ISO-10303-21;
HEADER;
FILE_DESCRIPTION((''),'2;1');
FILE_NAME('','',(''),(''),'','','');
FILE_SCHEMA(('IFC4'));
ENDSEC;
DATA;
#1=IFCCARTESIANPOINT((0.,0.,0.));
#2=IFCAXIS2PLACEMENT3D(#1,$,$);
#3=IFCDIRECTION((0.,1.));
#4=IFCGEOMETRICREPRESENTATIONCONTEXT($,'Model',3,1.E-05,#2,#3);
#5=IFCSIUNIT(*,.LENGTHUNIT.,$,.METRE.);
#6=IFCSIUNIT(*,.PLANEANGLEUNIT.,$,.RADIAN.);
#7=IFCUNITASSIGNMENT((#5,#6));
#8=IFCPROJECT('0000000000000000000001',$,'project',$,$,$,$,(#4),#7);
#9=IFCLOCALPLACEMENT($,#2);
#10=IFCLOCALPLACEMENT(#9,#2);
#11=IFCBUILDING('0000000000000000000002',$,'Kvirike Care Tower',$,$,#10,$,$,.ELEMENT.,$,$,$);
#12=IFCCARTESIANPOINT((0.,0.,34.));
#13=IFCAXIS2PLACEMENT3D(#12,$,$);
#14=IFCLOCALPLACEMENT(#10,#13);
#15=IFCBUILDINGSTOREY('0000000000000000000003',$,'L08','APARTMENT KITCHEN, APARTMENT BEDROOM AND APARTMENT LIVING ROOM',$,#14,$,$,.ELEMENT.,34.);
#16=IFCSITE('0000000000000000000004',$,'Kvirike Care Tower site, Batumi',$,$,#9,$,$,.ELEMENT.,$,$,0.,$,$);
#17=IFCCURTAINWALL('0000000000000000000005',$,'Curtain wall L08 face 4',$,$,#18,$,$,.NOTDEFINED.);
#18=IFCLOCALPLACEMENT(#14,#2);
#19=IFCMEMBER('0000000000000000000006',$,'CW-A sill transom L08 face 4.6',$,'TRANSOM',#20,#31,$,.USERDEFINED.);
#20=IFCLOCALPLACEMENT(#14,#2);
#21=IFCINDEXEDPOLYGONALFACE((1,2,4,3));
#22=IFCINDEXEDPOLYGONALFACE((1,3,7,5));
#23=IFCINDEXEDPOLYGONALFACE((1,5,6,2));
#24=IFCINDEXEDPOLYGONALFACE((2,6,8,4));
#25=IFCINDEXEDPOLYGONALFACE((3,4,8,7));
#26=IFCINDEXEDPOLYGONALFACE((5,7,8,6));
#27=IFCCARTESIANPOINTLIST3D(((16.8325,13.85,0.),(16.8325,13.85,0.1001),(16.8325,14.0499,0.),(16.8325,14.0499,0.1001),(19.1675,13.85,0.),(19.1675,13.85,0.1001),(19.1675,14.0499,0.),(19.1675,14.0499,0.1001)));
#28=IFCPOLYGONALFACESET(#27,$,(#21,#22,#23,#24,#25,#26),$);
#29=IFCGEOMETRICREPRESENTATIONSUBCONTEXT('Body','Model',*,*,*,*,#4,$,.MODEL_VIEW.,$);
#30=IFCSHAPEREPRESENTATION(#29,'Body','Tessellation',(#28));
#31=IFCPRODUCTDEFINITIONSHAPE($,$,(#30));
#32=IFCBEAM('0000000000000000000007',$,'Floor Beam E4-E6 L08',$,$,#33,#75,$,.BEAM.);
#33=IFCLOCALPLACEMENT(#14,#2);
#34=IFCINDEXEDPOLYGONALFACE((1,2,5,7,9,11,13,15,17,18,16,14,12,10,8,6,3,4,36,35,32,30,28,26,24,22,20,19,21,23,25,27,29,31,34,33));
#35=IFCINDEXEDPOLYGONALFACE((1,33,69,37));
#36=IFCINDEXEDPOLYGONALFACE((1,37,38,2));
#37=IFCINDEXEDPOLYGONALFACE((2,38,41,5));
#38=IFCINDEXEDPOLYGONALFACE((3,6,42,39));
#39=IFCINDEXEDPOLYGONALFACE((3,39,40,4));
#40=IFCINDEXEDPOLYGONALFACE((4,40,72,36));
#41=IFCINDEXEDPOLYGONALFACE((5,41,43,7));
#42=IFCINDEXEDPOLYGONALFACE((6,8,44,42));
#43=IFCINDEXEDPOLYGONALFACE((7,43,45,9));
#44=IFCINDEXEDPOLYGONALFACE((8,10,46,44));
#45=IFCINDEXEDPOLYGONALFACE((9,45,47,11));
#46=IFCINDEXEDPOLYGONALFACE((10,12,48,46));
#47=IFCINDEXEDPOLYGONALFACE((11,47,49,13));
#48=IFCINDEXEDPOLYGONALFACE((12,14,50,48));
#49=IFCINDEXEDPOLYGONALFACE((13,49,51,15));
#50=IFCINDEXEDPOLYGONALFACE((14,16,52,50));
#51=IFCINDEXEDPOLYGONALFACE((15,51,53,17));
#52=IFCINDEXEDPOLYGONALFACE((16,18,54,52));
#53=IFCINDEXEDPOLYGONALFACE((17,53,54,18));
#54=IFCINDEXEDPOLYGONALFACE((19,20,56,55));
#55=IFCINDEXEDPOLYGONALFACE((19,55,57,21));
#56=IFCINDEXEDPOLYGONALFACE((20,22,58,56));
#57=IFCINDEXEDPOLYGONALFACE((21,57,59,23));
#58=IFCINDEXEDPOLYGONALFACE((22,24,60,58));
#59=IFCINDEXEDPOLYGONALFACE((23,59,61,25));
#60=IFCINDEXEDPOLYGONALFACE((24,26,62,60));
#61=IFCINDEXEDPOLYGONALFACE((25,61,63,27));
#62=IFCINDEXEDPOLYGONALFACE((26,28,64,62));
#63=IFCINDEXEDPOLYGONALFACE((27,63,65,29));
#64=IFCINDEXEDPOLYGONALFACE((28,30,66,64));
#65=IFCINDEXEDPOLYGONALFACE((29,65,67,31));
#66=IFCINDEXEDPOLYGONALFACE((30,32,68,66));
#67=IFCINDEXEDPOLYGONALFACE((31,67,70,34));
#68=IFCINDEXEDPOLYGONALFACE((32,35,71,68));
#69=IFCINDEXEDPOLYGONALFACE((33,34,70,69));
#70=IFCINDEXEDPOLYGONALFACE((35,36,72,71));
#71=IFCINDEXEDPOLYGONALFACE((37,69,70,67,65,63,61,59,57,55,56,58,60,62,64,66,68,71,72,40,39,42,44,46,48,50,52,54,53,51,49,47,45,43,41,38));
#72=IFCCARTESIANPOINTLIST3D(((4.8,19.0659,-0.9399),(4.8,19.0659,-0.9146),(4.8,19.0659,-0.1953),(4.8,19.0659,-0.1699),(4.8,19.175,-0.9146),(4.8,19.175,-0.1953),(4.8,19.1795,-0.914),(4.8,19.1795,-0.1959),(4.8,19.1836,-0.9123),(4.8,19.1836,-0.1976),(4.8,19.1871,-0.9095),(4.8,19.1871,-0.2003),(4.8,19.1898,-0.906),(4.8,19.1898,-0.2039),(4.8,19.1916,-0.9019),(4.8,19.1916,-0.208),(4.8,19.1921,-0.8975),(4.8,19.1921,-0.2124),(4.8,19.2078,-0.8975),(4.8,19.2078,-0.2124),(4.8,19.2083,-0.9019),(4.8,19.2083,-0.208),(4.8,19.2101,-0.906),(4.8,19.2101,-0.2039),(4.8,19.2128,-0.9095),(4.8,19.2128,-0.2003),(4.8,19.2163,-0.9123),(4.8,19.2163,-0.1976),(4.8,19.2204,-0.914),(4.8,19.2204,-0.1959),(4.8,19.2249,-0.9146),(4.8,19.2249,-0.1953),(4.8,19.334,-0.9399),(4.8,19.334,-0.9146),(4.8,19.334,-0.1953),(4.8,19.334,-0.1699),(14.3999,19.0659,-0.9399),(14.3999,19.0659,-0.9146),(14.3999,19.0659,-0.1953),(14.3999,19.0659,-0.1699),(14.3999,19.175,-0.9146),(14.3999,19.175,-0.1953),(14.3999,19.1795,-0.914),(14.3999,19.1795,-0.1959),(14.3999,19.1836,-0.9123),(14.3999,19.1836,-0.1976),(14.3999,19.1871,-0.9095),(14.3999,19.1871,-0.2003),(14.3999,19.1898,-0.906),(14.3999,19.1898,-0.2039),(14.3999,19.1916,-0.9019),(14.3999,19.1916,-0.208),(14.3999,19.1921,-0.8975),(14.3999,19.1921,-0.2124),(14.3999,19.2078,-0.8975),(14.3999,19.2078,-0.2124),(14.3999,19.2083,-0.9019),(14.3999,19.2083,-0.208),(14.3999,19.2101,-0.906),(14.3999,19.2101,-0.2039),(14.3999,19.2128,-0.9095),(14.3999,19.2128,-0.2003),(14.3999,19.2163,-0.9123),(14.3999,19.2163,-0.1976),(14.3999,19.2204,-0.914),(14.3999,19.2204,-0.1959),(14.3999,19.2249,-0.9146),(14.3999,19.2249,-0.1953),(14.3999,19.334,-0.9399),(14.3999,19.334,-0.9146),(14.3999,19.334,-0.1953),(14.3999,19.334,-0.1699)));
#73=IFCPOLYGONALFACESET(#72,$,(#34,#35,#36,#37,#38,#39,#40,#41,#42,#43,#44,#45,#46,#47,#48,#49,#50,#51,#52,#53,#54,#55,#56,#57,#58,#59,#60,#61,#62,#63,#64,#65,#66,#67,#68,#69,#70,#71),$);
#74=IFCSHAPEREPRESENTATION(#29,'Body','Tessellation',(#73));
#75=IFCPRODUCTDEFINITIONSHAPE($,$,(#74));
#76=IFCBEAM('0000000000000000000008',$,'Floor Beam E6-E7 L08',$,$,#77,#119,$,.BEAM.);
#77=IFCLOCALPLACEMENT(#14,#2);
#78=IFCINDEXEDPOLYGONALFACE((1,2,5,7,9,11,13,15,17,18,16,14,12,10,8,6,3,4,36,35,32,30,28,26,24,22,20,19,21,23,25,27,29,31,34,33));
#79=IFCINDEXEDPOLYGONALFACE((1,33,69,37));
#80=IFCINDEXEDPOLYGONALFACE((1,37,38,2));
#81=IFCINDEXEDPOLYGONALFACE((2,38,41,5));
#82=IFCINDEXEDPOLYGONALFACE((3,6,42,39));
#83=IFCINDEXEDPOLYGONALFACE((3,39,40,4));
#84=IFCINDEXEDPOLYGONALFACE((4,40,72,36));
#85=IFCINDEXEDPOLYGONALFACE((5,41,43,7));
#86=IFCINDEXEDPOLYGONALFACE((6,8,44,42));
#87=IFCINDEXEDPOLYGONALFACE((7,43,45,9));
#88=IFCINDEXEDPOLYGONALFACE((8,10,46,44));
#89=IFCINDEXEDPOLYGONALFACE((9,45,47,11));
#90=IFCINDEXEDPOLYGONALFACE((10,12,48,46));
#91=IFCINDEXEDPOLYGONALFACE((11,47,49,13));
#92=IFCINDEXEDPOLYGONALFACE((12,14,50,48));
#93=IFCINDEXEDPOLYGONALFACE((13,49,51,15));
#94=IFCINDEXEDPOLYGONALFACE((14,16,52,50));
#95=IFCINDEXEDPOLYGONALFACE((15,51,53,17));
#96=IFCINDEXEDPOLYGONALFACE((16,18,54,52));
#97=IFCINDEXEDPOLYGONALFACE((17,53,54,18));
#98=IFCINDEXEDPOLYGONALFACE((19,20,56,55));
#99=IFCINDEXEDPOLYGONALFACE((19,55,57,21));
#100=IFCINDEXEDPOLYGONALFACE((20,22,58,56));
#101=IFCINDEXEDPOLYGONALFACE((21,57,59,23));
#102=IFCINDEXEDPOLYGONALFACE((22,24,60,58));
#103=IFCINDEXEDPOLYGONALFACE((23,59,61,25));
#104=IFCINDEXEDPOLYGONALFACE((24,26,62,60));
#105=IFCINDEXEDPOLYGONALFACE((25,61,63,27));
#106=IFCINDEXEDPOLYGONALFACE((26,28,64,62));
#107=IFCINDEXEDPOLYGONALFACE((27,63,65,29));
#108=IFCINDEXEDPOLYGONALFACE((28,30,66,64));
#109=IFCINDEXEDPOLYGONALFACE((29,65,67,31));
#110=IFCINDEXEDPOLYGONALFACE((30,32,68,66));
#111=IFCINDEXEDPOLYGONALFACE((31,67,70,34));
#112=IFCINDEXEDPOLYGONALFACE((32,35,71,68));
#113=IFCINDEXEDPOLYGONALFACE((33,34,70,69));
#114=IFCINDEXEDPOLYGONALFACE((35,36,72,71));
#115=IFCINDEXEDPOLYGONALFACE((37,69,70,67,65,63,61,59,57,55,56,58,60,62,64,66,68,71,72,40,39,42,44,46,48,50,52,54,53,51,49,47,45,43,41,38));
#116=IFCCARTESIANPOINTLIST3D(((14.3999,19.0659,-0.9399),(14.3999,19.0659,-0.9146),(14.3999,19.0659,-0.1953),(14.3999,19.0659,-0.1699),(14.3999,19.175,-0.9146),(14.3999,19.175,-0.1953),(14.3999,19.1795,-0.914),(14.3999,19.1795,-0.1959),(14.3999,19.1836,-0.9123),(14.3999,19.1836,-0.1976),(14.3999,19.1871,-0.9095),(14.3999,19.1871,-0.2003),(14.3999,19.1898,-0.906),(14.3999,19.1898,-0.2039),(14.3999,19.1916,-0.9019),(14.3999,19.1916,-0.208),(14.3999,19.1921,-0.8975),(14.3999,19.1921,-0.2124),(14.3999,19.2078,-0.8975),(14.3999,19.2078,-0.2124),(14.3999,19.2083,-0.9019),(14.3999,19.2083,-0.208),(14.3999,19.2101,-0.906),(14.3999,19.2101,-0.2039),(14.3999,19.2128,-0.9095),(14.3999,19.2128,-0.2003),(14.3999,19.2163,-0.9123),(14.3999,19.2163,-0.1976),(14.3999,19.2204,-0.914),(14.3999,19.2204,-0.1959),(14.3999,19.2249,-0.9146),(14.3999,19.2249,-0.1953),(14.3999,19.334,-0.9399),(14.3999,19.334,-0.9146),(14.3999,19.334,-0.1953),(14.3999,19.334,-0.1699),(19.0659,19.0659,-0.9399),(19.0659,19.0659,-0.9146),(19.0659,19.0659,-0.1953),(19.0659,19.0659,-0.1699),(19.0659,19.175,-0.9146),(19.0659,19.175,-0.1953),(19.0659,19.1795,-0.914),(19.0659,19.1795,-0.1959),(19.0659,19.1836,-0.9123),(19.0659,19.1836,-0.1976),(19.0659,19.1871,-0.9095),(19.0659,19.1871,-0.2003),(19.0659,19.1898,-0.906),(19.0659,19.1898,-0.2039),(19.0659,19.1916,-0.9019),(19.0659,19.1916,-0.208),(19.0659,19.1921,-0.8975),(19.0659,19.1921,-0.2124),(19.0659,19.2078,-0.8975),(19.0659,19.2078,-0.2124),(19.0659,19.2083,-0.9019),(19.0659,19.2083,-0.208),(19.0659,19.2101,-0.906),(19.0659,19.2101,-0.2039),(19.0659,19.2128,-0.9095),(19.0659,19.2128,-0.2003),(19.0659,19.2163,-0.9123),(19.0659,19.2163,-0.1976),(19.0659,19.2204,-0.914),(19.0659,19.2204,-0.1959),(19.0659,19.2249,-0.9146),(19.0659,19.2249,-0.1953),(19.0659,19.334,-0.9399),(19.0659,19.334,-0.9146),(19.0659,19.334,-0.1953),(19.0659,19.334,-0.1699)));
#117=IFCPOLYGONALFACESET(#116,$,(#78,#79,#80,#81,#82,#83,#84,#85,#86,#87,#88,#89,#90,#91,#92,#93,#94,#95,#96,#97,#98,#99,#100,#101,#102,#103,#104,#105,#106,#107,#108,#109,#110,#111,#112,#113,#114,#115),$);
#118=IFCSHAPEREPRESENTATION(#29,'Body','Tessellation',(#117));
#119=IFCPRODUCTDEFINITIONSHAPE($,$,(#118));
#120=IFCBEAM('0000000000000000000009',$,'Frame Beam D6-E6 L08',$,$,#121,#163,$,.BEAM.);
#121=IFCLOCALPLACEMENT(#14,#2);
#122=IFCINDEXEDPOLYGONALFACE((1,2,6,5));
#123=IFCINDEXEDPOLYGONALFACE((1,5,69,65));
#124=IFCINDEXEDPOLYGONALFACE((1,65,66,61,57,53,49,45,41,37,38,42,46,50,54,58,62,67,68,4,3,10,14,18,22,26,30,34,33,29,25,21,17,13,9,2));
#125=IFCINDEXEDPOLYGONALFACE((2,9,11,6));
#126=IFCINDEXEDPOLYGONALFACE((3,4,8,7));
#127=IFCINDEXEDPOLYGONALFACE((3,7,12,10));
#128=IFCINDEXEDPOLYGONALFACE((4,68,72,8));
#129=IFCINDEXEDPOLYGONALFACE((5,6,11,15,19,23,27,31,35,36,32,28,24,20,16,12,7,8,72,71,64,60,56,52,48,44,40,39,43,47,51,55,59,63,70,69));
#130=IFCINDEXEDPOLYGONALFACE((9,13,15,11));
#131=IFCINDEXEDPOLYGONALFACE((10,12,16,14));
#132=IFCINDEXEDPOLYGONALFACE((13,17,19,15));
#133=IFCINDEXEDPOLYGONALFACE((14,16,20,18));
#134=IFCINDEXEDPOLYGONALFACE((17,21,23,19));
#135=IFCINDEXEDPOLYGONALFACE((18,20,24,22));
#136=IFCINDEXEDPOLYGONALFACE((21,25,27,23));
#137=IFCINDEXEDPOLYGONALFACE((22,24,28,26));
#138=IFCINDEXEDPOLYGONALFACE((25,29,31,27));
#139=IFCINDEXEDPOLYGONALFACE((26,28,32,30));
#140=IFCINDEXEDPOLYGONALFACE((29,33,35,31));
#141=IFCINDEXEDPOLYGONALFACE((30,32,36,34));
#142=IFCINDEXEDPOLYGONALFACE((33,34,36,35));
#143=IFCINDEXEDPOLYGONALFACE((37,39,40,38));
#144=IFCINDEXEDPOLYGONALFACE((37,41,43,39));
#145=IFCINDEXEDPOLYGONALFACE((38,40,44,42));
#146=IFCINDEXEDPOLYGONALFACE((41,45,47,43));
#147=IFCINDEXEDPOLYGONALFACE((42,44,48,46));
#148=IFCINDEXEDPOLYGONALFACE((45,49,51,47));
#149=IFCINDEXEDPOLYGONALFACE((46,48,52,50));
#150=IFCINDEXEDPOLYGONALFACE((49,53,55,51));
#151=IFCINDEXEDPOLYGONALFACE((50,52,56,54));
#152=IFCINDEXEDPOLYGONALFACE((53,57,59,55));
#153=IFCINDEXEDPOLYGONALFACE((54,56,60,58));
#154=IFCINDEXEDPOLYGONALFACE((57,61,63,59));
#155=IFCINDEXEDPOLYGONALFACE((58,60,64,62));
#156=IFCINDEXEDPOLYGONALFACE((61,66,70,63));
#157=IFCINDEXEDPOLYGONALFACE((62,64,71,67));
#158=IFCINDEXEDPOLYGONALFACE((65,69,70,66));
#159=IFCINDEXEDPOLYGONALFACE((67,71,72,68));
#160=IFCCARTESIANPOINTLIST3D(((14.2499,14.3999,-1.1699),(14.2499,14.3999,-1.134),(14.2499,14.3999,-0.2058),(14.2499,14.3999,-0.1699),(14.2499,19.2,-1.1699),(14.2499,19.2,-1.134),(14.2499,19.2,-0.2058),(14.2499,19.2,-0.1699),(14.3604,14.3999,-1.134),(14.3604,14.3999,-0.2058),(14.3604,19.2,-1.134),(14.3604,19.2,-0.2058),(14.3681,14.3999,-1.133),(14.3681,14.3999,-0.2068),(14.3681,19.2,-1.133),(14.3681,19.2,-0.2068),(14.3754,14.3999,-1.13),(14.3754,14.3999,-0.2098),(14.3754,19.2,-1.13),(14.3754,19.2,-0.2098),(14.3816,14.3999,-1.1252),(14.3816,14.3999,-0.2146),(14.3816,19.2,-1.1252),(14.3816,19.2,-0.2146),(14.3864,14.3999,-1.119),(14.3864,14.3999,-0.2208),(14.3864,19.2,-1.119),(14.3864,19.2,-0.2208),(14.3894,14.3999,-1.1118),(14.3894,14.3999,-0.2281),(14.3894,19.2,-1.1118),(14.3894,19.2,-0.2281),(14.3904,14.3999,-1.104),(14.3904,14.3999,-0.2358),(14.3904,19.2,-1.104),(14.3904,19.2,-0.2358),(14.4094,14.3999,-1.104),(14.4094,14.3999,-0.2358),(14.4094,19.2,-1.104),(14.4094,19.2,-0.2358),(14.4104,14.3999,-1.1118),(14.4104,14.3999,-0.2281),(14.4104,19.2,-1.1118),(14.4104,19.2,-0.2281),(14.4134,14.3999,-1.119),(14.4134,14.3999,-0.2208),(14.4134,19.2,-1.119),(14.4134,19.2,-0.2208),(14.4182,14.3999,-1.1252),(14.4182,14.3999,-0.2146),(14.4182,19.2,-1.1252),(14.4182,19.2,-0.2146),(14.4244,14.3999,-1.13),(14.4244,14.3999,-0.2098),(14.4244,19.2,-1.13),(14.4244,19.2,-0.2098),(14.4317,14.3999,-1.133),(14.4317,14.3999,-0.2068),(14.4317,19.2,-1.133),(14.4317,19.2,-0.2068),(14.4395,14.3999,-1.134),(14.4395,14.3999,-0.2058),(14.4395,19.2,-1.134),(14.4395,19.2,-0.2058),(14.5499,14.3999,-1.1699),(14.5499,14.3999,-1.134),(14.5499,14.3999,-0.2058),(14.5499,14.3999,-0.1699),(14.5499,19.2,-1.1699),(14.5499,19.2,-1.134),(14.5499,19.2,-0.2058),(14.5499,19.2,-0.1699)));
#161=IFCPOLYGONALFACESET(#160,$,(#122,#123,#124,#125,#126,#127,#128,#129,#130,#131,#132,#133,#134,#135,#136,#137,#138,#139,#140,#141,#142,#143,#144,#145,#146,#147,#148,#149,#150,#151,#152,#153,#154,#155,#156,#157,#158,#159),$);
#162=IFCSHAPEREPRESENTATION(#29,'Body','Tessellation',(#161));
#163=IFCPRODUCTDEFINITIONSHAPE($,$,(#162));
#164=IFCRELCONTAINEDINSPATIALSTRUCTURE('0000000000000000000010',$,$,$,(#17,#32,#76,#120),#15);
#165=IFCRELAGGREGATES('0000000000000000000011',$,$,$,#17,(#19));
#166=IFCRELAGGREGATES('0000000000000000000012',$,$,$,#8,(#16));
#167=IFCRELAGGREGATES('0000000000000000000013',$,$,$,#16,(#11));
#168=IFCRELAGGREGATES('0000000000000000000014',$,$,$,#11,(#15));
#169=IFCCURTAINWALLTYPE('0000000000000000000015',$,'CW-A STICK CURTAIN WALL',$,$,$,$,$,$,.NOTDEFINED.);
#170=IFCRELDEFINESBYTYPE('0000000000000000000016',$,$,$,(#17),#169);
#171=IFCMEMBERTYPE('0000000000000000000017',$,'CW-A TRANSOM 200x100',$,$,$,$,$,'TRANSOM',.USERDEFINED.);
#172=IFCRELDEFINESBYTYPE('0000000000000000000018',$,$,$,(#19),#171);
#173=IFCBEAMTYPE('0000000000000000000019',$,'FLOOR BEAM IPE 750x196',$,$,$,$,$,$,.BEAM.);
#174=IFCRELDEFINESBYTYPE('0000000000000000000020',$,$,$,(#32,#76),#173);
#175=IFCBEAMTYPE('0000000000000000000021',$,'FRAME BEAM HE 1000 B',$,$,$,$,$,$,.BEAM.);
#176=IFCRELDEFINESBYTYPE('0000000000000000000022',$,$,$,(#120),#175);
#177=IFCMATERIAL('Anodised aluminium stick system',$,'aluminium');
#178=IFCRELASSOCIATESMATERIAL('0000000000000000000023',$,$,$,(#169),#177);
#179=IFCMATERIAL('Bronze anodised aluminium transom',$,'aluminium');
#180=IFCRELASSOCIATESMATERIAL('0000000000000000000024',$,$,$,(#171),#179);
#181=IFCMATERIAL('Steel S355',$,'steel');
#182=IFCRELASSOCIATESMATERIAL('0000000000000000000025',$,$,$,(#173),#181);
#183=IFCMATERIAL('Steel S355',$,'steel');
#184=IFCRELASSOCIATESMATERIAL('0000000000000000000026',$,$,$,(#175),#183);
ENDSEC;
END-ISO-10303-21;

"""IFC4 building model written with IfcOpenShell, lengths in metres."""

from ifc_helpers import new_model, si_unit, direction, frame, origin, origin_2d, place, context, subcontext, project, spatial, rectangle, i_section, extrude, material, material_profile, profile_set, type_object, element, aggregate, save


model = new_model("IFC4")

# Units and contexts
model_context = context("Model", 3, precision=1e-05, world=origin(), true_north=direction((0.0, 1.0)))
body_context = subcontext(model_context, "Body", "Model", "MODEL_VIEW")
ifc_project = project(units=[si_unit("LENGTHUNIT", "METRE"), si_unit("PLANEANGLEUNIT", "RADIAN")], contexts=[model_context])

# Site, building, storey
site_placement = place(None, origin())
site = spatial("IfcSite", under=ifc_project, at=site_placement, Name="Kvirike Care Tower site, Batumi", CompositionType="ELEMENT", RefElevation=0.0)
building_placement = place(site_placement, origin())
building = spatial("IfcBuilding", under=site, at=building_placement, Name="Kvirike Care Tower", CompositionType="ELEMENT")
storey_placement = place(building_placement, frame((0.0, 0.0, 34.0)))
storey = spatial("IfcBuildingStorey", under=building, at=storey_placement, Name="L08", Description="APARTMENT KITCHEN, APARTMENT BEDROOM AND APARTMENT LIVING ROOM", CompositionType="ELEMENT", Elevation=34.0)

# Curtain wall, member
ifc_material_1 = material(Name="Anodised aluminium stick system", Category="aluminium")
curtain_wall_type = type_object("IfcCurtainWallType", Name="CW-A STICK CURTAIN WALL", PredefinedType="NOTDEFINED", material=ifc_material_1)
curtain_wall_placement = place(storey_placement, origin())
curtain_wall = element("IfcCurtainWall", 1, at=curtain_wall_placement, inside=storey, type_object=curtain_wall_type, Name="Curtain wall L08 face 4", PredefinedType="NOTDEFINED")
ifc_material_2 = material(Name="Bronze anodised aluminium transom", Category="aluminium")
ifc_material_profile_1 = material_profile(ifc_material_2, rectangle(XDim=0.2, YDim=0.1001, at=origin_2d()), Name="CW-A TRANSOM 200x100")
ifc_profile_set_1 = profile_set([ifc_material_profile_1], Name="Bronze anodised aluminium transom")
member_type_1 = type_object("IfcMemberType", Name="CW-A TRANSOM 200x100", ElementType="TRANSOM", PredefinedType="USERDEFINED", material=ifc_profile_set_1)
member_1_placement = place(storey_placement, frame((16.8325, 13.95, 0.05), z_axis=(1.0, 0.0, 0.0), x_axis=(0.0, 1.0, 0.0)))
member_1 = element("IfcMember", 2, at=member_1_placement, type_object=member_type_1, Name="CW-A sill transom L08 face 4.6", ObjectType="TRANSOM", PredefinedType="USERDEFINED", context=body_context, shape_type="SweptSolid", body=[
    extrude(rectangle(XDim=0.2, YDim=0.1001, at=origin_2d()), origin(), (0.0, 0.0, 1.0), 2.335),
])

# Beams
ifc_material_3 = material(Name="Steel S355", Category="steel")
ifc_material_profile_2 = material_profile(ifc_material_3, i_section(OverallWidth=0.2681, OverallDepth=0.77, WebThickness=0.0156, FlangeThickness=0.0254, FilletRadius=0.0171, at=origin_2d()), Name="IPE 750x196")
ifc_profile_set_2 = profile_set([ifc_material_profile_2], Name="Steel S355")
beam_type_1 = type_object("IfcBeamType", Name="FLOOR BEAM IPE 750x196", PredefinedType="BEAM", material=ifc_profile_set_2)
beam_1_placement = place(storey_placement, frame((4.8, 19.2, -0.5549), z_axis=(1.0, 0.0, 0.0), x_axis=(0.0, 1.0, 0.0)))
element("IfcBeam", 3, at=beam_1_placement, inside=storey, type_object=beam_type_1, Name="Floor Beam E4-E6 L08", PredefinedType="BEAM", context=body_context, shape_type="SweptSolid", body=[
    extrude(i_section(OverallWidth=0.2681, OverallDepth=0.77, WebThickness=0.0156, FlangeThickness=0.0254, FilletRadius=0.0171, at=origin_2d()), origin(), (0.0, 0.0, 1.0), 9.5999),
])
beam_2_placement = place(storey_placement, frame((14.3999, 19.2, -0.5549), z_axis=(1.0, 0.0, 0.0), x_axis=(0.0, 1.0, 0.0)))
element("IfcBeam", 4, at=beam_2_placement, inside=storey, type_object=beam_type_1, Name="Floor Beam E6-E7 L08", PredefinedType="BEAM", context=body_context, shape_type="SweptSolid", body=[
    extrude(i_section(OverallWidth=0.2681, OverallDepth=0.77, WebThickness=0.0156, FlangeThickness=0.0254, FilletRadius=0.0171, at=origin_2d()), origin(), (0.0, 0.0, 1.0), 4.666),
])
ifc_material_4 = material(Name="Steel S355", Category="steel")
ifc_material_profile_3 = material_profile(ifc_material_4, i_section(OverallWidth=0.3, OverallDepth=1.0, WebThickness=0.019, FlangeThickness=0.0359, FilletRadius=0.03, at=origin_2d()), Name="HE 1000 B")
ifc_profile_set_3 = profile_set([ifc_material_profile_3], Name="Steel S355")
beam_type_2 = type_object("IfcBeamType", Name="FRAME BEAM HE 1000 B", PredefinedType="BEAM", material=ifc_profile_set_3)
for number, where, z_axis, x_axis, name in (
    (5, (14.3999, 14.3999, -0.6699), (0.0, 1.0, 0.0), (-1.0, 0.0, 0.0), "Frame Beam D6-E6 L08"),
):
    element("IfcBeam", number, at=place(storey_placement, frame(where, z_axis=z_axis, x_axis=x_axis)), inside=storey, type_object=beam_type_2, Name=name, PredefinedType="BEAM", context=body_context, shape_type="SweptSolid", body=[
        extrude(i_section(OverallWidth=0.3, OverallDepth=1.0, WebThickness=0.019, FlangeThickness=0.0359, FilletRadius=0.03, at=origin_2d()), origin(), (0.0, 0.0, 1.0), 4.8),
    ])

aggregate(curtain_wall, [member_1])

save(model, "model.ifc")
